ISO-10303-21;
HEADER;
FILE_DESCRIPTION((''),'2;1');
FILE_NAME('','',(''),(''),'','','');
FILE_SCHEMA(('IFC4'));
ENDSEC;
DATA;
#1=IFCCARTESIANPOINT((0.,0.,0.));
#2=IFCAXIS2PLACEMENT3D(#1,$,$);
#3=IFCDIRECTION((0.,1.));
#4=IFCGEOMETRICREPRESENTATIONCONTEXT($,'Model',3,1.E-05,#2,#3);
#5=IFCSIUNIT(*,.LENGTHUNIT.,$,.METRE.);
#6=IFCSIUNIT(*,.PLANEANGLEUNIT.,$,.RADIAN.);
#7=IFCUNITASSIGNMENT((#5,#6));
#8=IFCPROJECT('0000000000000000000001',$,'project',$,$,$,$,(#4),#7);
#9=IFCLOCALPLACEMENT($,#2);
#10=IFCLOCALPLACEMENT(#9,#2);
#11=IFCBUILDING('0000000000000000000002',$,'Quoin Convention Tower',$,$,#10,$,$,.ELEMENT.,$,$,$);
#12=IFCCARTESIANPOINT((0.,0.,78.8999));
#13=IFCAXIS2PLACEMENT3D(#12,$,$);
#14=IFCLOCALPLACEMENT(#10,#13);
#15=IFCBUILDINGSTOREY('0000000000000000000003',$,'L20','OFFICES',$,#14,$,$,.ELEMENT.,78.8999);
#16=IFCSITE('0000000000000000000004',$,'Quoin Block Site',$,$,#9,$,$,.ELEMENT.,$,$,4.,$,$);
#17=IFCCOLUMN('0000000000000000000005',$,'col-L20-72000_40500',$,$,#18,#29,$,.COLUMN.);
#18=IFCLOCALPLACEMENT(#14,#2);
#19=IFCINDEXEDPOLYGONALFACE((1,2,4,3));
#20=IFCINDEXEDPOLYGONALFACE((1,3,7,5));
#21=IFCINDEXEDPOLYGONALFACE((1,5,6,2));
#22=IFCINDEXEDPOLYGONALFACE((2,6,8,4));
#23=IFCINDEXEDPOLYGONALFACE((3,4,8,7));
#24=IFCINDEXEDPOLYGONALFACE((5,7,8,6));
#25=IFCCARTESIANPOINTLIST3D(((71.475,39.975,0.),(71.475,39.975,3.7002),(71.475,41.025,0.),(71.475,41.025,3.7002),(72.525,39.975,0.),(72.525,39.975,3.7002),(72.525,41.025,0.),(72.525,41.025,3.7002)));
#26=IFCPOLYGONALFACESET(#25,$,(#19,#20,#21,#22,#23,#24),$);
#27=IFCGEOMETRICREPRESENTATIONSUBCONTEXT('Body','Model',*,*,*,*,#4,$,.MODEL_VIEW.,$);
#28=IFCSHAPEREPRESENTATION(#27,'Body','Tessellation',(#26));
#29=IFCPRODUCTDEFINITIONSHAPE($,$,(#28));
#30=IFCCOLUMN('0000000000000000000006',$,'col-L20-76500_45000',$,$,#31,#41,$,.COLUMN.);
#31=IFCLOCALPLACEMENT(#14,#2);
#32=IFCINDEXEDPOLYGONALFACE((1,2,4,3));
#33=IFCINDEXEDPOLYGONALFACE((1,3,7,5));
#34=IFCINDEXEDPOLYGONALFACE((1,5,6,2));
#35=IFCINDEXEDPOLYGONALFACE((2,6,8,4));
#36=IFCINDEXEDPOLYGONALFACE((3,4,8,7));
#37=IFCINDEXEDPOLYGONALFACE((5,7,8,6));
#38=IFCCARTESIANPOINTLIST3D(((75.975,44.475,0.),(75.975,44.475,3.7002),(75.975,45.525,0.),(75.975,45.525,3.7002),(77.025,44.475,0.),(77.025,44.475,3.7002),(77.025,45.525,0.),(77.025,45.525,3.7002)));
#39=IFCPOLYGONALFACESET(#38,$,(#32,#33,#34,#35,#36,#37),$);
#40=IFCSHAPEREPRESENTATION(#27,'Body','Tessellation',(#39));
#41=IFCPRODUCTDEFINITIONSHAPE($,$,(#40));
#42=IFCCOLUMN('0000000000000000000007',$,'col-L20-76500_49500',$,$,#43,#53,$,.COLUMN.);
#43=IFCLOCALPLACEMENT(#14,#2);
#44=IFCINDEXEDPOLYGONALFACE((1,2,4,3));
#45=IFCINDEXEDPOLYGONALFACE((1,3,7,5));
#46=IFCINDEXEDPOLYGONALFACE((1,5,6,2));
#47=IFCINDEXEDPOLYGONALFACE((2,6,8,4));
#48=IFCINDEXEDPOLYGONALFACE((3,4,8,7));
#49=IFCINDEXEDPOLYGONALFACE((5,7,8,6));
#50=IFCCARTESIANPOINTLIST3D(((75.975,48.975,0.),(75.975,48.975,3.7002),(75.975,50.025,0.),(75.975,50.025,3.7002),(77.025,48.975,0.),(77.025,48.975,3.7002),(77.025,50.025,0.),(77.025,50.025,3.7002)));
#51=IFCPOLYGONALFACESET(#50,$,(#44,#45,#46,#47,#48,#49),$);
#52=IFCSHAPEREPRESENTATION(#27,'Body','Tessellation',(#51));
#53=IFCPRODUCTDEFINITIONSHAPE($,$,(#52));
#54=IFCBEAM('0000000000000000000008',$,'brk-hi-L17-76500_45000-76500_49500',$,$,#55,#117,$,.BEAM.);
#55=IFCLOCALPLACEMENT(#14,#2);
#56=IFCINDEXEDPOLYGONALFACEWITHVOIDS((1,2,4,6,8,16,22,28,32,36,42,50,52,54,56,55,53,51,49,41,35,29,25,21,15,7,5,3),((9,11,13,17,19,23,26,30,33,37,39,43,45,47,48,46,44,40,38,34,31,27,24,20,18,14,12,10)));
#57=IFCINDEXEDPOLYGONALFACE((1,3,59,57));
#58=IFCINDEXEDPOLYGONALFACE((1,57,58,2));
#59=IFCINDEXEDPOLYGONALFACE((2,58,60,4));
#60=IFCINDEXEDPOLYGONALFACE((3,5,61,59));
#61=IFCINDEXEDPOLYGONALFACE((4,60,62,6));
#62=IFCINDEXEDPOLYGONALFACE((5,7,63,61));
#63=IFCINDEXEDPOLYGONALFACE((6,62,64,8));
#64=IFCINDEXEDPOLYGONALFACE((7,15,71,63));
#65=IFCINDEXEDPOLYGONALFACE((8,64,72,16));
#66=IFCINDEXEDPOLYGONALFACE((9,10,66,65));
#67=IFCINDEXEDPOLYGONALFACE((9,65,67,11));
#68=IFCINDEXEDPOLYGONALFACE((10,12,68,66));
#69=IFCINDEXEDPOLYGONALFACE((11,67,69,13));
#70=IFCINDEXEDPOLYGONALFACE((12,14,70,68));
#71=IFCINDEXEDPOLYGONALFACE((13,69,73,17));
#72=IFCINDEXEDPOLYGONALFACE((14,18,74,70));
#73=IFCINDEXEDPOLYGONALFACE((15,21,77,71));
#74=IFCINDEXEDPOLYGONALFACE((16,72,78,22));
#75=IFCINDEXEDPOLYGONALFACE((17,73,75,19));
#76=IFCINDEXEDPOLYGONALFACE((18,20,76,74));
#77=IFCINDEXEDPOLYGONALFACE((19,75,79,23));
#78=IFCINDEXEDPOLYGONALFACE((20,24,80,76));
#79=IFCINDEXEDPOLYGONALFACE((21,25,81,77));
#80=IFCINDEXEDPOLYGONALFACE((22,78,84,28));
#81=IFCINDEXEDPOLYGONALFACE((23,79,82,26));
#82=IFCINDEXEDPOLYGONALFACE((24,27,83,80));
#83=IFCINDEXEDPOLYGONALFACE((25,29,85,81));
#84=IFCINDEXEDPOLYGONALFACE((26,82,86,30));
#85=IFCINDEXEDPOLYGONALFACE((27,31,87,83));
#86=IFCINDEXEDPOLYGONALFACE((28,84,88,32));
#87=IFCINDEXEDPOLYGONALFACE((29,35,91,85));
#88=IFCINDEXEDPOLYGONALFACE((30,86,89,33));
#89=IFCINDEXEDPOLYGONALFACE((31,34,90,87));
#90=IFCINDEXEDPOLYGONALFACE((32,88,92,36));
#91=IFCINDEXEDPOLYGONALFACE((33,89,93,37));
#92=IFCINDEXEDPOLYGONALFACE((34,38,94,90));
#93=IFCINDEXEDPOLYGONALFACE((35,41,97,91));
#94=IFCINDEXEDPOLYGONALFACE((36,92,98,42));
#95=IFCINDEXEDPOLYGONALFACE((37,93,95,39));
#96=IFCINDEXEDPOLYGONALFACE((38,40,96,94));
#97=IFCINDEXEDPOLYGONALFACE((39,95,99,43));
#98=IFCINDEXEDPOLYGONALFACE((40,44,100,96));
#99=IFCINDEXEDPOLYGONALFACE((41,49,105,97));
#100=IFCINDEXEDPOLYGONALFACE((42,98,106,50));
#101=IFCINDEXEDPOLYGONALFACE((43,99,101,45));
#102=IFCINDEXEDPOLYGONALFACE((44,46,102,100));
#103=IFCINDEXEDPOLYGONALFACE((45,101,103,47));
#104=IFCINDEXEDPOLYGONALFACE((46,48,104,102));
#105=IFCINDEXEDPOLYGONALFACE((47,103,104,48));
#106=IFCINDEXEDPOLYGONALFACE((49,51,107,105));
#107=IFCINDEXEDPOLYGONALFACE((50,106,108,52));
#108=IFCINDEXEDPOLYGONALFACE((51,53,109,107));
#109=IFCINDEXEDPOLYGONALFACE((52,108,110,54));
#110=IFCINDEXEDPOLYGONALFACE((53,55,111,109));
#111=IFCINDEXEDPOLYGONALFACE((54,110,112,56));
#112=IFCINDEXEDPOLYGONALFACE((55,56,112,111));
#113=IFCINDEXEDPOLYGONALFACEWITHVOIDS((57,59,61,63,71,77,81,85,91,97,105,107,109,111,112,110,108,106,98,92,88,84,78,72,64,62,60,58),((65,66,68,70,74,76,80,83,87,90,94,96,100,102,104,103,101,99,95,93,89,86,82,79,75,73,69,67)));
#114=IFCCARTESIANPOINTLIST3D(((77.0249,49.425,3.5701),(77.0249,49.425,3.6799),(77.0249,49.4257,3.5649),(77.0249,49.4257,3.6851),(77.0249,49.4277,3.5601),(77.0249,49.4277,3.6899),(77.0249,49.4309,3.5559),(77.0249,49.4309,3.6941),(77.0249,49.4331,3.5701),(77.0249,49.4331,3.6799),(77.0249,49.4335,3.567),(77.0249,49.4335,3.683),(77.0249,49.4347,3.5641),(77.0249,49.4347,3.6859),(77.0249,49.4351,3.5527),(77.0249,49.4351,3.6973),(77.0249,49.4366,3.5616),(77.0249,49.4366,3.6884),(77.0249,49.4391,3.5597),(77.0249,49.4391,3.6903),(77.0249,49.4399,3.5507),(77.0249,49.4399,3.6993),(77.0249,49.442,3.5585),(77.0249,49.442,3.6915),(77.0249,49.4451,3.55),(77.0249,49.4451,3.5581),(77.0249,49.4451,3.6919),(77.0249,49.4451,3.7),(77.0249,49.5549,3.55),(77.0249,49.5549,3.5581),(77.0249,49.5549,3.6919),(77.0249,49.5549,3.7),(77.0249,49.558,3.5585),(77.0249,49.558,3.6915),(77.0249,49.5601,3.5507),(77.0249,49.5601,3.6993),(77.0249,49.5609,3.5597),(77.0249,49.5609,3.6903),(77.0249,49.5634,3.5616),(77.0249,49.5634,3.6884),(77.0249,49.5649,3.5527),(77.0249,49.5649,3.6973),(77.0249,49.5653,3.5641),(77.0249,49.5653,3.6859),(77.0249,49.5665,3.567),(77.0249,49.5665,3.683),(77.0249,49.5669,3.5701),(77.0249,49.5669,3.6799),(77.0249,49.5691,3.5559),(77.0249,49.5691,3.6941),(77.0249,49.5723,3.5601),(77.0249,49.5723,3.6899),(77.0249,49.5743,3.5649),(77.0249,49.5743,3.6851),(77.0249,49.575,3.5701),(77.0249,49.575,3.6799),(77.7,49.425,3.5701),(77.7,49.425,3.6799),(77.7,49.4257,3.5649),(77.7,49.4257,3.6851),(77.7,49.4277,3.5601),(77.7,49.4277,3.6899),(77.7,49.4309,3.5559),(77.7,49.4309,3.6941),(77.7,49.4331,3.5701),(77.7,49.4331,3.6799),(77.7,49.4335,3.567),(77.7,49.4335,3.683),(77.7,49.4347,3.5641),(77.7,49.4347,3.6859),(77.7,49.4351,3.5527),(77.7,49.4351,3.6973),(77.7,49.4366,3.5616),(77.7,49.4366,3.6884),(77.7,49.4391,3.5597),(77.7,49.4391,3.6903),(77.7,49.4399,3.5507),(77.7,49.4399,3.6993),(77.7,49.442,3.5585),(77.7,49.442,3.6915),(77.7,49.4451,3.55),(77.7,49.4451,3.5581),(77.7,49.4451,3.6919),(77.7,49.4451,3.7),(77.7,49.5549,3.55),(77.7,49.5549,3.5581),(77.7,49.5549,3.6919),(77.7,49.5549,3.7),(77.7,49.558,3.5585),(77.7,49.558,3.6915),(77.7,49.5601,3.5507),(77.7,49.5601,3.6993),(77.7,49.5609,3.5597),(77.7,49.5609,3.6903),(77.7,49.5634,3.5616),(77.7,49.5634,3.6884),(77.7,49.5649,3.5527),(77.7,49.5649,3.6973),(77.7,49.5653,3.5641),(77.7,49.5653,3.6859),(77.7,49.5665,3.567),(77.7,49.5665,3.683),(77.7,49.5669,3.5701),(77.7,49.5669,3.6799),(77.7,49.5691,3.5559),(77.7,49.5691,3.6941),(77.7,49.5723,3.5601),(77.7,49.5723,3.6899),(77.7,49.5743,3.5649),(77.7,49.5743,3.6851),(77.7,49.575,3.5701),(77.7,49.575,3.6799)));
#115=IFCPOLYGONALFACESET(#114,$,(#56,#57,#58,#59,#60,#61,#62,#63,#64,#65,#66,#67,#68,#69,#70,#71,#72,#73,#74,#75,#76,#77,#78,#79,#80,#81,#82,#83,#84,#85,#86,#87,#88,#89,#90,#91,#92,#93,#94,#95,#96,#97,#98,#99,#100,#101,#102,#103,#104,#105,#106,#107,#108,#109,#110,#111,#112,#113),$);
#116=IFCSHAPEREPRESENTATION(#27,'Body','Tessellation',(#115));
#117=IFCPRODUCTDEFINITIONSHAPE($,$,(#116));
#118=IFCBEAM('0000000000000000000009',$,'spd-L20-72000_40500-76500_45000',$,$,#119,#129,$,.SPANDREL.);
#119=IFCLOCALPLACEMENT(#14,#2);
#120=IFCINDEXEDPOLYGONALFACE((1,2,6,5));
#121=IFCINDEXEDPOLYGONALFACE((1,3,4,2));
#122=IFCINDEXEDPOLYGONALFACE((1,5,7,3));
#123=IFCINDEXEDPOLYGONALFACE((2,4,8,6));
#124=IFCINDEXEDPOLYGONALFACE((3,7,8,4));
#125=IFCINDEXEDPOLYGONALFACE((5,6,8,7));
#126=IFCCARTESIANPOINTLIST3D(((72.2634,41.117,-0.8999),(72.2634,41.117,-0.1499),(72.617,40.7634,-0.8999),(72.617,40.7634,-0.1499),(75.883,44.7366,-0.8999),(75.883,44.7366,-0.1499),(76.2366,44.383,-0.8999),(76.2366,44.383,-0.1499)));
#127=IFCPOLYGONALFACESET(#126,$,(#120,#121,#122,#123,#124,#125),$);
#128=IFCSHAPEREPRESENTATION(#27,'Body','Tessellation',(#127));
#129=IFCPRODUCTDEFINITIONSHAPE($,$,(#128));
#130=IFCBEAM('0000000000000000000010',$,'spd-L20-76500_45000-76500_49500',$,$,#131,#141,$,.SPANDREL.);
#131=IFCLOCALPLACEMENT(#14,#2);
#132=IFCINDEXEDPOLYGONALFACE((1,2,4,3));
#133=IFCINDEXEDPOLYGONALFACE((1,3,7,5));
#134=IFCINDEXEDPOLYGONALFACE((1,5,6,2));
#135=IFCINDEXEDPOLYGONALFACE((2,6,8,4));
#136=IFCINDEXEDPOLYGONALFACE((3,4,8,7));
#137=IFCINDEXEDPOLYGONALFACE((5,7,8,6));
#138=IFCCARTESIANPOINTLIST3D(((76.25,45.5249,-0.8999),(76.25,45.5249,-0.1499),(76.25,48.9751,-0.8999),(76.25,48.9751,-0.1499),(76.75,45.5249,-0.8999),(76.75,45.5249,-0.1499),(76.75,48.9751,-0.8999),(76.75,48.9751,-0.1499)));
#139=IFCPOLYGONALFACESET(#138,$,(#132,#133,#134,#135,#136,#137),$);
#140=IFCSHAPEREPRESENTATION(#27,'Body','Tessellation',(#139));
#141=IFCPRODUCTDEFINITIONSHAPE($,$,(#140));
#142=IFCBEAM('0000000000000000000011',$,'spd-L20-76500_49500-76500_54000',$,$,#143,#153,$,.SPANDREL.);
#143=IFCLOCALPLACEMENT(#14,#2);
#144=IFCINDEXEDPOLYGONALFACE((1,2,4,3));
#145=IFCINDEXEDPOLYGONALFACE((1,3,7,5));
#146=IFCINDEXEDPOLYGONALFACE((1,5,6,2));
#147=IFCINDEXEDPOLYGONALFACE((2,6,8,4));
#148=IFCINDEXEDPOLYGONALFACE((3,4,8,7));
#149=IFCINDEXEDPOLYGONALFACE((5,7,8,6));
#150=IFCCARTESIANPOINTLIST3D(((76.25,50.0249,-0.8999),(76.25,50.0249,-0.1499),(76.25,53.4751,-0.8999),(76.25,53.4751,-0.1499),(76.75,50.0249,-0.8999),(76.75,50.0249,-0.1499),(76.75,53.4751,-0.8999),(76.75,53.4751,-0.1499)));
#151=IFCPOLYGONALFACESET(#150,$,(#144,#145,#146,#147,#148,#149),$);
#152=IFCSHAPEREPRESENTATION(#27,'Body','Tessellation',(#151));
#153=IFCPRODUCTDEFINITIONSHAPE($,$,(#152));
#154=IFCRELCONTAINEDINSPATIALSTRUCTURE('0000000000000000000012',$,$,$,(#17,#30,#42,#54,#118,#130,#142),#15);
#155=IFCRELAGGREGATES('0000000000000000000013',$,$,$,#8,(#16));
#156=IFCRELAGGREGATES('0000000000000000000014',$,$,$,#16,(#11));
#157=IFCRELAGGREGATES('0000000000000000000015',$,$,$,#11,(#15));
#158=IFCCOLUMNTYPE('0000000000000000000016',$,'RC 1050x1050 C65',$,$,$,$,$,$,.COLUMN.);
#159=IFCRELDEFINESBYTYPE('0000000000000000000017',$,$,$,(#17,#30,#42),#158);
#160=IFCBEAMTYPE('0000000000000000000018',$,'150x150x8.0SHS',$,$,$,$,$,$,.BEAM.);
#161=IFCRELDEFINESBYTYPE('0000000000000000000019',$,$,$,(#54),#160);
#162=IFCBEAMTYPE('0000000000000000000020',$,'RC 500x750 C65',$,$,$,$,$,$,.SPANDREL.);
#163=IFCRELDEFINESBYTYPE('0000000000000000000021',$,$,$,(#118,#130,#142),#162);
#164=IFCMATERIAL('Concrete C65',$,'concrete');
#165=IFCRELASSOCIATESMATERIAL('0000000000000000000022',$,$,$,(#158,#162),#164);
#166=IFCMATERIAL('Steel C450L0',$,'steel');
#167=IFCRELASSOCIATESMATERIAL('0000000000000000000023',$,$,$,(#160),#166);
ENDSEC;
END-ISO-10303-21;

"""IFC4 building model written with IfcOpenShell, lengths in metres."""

from ifc_helpers import new_model, si_unit, direction, frame, origin, origin_2d, place, context, subcontext, project, spatial, rectangle, hollow_rectangle, extrude, material, material_profile, profile_set, type_object, element, save


model = new_model("IFC4")

# Units and contexts
model_context = context("Model", 3, precision=1e-05, world=origin(), true_north=direction((0.0, 1.0)))
body_context = subcontext(model_context, "Body", "Model", "MODEL_VIEW")
ifc_project = project(units=[si_unit("LENGTHUNIT", "METRE"), si_unit("PLANEANGLEUNIT", "RADIAN")], contexts=[model_context])

# Site, building, storey
site_placement = place(None, origin())
site = spatial("IfcSite", under=ifc_project, at=site_placement, Name="Quoin Block Site", CompositionType="ELEMENT", RefElevation=4.0)
building_placement = place(site_placement, origin())
building = spatial("IfcBuilding", under=site, at=building_placement, Name="Quoin Convention Tower", CompositionType="ELEMENT")
storey_placement = place(building_placement, frame((0.0, 0.0, 78.8999)))
storey = spatial("IfcBuildingStorey", under=building, at=storey_placement, Name="L20", Description="OFFICES", CompositionType="ELEMENT", Elevation=78.8999)

# Columns
ifc_material_1 = material(Name="Concrete C65", Category="concrete")
ifc_material_profile_1 = material_profile(ifc_material_1, rectangle(XDim=1.05, YDim=1.05, at=origin_2d()), Name="RC 1050x1050")
ifc_profile_set_1 = profile_set([ifc_material_profile_1], Name="Concrete C65")
column_type = type_object("IfcColumnType", Name="RC 1050x1050 C65", PredefinedType="COLUMN", material=ifc_profile_set_1)
for number, where, z_axis, x_axis, name in (
    (1, (72.0, 40.5, 0.0), (0.0, 0.0, 1.0), (1.0, 0.0, 0.0), "col-L20-72000_40500"),
    (2, (76.5, 45.0, 0.0), (0.0, 0.0, 1.0), (1.0, 0.0, 0.0), "col-L20-76500_45000"),
    (3, (76.5, 49.5, 0.0), (0.0, 0.0, 1.0), (1.0, 0.0, 0.0), "col-L20-76500_49500"),
):
    element("IfcColumn", number, at=place(storey_placement, frame(where, z_axis=z_axis, x_axis=x_axis)), inside=storey, type_object=column_type, Name=name, PredefinedType="COLUMN", context=body_context, shape_type="SweptSolid", body=[
        extrude(rectangle(XDim=1.05, YDim=1.05, at=origin_2d()), origin(), (0.0, 0.0, 1.0), 3.7002),
    ])

# Beams
ifc_material_2 = material(Name="Steel C450L0", Category="steel")
ifc_material_profile_2 = material_profile(ifc_material_2, hollow_rectangle(XDim=0.1499, YDim=0.1499, WallThickness=0.0081, InnerFilletRadius=0.012, OuterFilletRadius=0.02, at=origin_2d()), Name="150x150x8.0SHS")
ifc_profile_set_2 = profile_set([ifc_material_profile_2], Name="Steel C450L0")
beam_type_1 = type_object("IfcBeamType", Name="150x150x8.0SHS", PredefinedType="BEAM", material=ifc_profile_set_2)
beam_1_placement = place(storey_placement, frame((77.0249, 49.5, 3.625), z_axis=(1.0, 0.0, 0.0), x_axis=(0.0, 1.0, 0.0)))
element("IfcBeam", 4, at=beam_1_placement, inside=storey, type_object=beam_type_1, Name="brk-hi-L17-76500_45000-76500_49500", PredefinedType="BEAM", context=body_context, shape_type="SweptSolid", body=[
    extrude(hollow_rectangle(XDim=0.1499, YDim=0.1499, WallThickness=0.0081, InnerFilletRadius=0.012, OuterFilletRadius=0.02, at=origin_2d()), origin(), (0.0, 0.0, 1.0), 0.675),
])
ifc_material_profile_3 = material_profile(ifc_material_1, rectangle(XDim=0.5, YDim=0.75, at=origin_2d()), Name="RC 500x750")
ifc_profile_set_3 = profile_set([ifc_material_profile_3], Name="Concrete C65")
beam_type_2 = type_object("IfcBeamType", Name="RC 500x750 C65", PredefinedType="SPANDREL", material=ifc_profile_set_3)
beam_2_placement = place(storey_placement, frame((72.4402, 40.9402, -0.5249), z_axis=(0.707107, 0.707107, 0.0), x_axis=(-0.707107, 0.707107, 0.0)))
element("IfcBeam", 5, at=beam_2_placement, inside=storey, type_object=beam_type_2, Name="spd-L20-72000_40500-76500_45000", PredefinedType="SPANDREL", context=body_context, shape_type="SweptSolid", body=[
    extrude(rectangle(XDim=0.5, YDim=0.75, at=origin_2d()), origin(), (0.0, 0.0, 1.0), 5.1189),
])
for number, where, z_axis, x_axis, name in (
    (6, (76.5, 45.5249, -0.5249), (0.0, 1.0, 0.0), (-1.0, 0.0, 0.0), "spd-L20-76500_45000-76500_49500"),
    (7, (76.5, 50.0249, -0.5249), (0.0, 1.0, 0.0), (-1.0, 0.0, 0.0), "spd-L20-76500_49500-76500_54000"),
):
    element("IfcBeam", number, at=place(storey_placement, frame(where, z_axis=z_axis, x_axis=x_axis)), inside=storey, type_object=beam_type_2, Name=name, PredefinedType="SPANDREL", context=body_context, shape_type="SweptSolid", body=[
        extrude(rectangle(XDim=0.5, YDim=0.75, at=origin_2d()), origin(), (0.0, 0.0, 1.0), 3.4502),
    ])

save(model, "model.ifc")
